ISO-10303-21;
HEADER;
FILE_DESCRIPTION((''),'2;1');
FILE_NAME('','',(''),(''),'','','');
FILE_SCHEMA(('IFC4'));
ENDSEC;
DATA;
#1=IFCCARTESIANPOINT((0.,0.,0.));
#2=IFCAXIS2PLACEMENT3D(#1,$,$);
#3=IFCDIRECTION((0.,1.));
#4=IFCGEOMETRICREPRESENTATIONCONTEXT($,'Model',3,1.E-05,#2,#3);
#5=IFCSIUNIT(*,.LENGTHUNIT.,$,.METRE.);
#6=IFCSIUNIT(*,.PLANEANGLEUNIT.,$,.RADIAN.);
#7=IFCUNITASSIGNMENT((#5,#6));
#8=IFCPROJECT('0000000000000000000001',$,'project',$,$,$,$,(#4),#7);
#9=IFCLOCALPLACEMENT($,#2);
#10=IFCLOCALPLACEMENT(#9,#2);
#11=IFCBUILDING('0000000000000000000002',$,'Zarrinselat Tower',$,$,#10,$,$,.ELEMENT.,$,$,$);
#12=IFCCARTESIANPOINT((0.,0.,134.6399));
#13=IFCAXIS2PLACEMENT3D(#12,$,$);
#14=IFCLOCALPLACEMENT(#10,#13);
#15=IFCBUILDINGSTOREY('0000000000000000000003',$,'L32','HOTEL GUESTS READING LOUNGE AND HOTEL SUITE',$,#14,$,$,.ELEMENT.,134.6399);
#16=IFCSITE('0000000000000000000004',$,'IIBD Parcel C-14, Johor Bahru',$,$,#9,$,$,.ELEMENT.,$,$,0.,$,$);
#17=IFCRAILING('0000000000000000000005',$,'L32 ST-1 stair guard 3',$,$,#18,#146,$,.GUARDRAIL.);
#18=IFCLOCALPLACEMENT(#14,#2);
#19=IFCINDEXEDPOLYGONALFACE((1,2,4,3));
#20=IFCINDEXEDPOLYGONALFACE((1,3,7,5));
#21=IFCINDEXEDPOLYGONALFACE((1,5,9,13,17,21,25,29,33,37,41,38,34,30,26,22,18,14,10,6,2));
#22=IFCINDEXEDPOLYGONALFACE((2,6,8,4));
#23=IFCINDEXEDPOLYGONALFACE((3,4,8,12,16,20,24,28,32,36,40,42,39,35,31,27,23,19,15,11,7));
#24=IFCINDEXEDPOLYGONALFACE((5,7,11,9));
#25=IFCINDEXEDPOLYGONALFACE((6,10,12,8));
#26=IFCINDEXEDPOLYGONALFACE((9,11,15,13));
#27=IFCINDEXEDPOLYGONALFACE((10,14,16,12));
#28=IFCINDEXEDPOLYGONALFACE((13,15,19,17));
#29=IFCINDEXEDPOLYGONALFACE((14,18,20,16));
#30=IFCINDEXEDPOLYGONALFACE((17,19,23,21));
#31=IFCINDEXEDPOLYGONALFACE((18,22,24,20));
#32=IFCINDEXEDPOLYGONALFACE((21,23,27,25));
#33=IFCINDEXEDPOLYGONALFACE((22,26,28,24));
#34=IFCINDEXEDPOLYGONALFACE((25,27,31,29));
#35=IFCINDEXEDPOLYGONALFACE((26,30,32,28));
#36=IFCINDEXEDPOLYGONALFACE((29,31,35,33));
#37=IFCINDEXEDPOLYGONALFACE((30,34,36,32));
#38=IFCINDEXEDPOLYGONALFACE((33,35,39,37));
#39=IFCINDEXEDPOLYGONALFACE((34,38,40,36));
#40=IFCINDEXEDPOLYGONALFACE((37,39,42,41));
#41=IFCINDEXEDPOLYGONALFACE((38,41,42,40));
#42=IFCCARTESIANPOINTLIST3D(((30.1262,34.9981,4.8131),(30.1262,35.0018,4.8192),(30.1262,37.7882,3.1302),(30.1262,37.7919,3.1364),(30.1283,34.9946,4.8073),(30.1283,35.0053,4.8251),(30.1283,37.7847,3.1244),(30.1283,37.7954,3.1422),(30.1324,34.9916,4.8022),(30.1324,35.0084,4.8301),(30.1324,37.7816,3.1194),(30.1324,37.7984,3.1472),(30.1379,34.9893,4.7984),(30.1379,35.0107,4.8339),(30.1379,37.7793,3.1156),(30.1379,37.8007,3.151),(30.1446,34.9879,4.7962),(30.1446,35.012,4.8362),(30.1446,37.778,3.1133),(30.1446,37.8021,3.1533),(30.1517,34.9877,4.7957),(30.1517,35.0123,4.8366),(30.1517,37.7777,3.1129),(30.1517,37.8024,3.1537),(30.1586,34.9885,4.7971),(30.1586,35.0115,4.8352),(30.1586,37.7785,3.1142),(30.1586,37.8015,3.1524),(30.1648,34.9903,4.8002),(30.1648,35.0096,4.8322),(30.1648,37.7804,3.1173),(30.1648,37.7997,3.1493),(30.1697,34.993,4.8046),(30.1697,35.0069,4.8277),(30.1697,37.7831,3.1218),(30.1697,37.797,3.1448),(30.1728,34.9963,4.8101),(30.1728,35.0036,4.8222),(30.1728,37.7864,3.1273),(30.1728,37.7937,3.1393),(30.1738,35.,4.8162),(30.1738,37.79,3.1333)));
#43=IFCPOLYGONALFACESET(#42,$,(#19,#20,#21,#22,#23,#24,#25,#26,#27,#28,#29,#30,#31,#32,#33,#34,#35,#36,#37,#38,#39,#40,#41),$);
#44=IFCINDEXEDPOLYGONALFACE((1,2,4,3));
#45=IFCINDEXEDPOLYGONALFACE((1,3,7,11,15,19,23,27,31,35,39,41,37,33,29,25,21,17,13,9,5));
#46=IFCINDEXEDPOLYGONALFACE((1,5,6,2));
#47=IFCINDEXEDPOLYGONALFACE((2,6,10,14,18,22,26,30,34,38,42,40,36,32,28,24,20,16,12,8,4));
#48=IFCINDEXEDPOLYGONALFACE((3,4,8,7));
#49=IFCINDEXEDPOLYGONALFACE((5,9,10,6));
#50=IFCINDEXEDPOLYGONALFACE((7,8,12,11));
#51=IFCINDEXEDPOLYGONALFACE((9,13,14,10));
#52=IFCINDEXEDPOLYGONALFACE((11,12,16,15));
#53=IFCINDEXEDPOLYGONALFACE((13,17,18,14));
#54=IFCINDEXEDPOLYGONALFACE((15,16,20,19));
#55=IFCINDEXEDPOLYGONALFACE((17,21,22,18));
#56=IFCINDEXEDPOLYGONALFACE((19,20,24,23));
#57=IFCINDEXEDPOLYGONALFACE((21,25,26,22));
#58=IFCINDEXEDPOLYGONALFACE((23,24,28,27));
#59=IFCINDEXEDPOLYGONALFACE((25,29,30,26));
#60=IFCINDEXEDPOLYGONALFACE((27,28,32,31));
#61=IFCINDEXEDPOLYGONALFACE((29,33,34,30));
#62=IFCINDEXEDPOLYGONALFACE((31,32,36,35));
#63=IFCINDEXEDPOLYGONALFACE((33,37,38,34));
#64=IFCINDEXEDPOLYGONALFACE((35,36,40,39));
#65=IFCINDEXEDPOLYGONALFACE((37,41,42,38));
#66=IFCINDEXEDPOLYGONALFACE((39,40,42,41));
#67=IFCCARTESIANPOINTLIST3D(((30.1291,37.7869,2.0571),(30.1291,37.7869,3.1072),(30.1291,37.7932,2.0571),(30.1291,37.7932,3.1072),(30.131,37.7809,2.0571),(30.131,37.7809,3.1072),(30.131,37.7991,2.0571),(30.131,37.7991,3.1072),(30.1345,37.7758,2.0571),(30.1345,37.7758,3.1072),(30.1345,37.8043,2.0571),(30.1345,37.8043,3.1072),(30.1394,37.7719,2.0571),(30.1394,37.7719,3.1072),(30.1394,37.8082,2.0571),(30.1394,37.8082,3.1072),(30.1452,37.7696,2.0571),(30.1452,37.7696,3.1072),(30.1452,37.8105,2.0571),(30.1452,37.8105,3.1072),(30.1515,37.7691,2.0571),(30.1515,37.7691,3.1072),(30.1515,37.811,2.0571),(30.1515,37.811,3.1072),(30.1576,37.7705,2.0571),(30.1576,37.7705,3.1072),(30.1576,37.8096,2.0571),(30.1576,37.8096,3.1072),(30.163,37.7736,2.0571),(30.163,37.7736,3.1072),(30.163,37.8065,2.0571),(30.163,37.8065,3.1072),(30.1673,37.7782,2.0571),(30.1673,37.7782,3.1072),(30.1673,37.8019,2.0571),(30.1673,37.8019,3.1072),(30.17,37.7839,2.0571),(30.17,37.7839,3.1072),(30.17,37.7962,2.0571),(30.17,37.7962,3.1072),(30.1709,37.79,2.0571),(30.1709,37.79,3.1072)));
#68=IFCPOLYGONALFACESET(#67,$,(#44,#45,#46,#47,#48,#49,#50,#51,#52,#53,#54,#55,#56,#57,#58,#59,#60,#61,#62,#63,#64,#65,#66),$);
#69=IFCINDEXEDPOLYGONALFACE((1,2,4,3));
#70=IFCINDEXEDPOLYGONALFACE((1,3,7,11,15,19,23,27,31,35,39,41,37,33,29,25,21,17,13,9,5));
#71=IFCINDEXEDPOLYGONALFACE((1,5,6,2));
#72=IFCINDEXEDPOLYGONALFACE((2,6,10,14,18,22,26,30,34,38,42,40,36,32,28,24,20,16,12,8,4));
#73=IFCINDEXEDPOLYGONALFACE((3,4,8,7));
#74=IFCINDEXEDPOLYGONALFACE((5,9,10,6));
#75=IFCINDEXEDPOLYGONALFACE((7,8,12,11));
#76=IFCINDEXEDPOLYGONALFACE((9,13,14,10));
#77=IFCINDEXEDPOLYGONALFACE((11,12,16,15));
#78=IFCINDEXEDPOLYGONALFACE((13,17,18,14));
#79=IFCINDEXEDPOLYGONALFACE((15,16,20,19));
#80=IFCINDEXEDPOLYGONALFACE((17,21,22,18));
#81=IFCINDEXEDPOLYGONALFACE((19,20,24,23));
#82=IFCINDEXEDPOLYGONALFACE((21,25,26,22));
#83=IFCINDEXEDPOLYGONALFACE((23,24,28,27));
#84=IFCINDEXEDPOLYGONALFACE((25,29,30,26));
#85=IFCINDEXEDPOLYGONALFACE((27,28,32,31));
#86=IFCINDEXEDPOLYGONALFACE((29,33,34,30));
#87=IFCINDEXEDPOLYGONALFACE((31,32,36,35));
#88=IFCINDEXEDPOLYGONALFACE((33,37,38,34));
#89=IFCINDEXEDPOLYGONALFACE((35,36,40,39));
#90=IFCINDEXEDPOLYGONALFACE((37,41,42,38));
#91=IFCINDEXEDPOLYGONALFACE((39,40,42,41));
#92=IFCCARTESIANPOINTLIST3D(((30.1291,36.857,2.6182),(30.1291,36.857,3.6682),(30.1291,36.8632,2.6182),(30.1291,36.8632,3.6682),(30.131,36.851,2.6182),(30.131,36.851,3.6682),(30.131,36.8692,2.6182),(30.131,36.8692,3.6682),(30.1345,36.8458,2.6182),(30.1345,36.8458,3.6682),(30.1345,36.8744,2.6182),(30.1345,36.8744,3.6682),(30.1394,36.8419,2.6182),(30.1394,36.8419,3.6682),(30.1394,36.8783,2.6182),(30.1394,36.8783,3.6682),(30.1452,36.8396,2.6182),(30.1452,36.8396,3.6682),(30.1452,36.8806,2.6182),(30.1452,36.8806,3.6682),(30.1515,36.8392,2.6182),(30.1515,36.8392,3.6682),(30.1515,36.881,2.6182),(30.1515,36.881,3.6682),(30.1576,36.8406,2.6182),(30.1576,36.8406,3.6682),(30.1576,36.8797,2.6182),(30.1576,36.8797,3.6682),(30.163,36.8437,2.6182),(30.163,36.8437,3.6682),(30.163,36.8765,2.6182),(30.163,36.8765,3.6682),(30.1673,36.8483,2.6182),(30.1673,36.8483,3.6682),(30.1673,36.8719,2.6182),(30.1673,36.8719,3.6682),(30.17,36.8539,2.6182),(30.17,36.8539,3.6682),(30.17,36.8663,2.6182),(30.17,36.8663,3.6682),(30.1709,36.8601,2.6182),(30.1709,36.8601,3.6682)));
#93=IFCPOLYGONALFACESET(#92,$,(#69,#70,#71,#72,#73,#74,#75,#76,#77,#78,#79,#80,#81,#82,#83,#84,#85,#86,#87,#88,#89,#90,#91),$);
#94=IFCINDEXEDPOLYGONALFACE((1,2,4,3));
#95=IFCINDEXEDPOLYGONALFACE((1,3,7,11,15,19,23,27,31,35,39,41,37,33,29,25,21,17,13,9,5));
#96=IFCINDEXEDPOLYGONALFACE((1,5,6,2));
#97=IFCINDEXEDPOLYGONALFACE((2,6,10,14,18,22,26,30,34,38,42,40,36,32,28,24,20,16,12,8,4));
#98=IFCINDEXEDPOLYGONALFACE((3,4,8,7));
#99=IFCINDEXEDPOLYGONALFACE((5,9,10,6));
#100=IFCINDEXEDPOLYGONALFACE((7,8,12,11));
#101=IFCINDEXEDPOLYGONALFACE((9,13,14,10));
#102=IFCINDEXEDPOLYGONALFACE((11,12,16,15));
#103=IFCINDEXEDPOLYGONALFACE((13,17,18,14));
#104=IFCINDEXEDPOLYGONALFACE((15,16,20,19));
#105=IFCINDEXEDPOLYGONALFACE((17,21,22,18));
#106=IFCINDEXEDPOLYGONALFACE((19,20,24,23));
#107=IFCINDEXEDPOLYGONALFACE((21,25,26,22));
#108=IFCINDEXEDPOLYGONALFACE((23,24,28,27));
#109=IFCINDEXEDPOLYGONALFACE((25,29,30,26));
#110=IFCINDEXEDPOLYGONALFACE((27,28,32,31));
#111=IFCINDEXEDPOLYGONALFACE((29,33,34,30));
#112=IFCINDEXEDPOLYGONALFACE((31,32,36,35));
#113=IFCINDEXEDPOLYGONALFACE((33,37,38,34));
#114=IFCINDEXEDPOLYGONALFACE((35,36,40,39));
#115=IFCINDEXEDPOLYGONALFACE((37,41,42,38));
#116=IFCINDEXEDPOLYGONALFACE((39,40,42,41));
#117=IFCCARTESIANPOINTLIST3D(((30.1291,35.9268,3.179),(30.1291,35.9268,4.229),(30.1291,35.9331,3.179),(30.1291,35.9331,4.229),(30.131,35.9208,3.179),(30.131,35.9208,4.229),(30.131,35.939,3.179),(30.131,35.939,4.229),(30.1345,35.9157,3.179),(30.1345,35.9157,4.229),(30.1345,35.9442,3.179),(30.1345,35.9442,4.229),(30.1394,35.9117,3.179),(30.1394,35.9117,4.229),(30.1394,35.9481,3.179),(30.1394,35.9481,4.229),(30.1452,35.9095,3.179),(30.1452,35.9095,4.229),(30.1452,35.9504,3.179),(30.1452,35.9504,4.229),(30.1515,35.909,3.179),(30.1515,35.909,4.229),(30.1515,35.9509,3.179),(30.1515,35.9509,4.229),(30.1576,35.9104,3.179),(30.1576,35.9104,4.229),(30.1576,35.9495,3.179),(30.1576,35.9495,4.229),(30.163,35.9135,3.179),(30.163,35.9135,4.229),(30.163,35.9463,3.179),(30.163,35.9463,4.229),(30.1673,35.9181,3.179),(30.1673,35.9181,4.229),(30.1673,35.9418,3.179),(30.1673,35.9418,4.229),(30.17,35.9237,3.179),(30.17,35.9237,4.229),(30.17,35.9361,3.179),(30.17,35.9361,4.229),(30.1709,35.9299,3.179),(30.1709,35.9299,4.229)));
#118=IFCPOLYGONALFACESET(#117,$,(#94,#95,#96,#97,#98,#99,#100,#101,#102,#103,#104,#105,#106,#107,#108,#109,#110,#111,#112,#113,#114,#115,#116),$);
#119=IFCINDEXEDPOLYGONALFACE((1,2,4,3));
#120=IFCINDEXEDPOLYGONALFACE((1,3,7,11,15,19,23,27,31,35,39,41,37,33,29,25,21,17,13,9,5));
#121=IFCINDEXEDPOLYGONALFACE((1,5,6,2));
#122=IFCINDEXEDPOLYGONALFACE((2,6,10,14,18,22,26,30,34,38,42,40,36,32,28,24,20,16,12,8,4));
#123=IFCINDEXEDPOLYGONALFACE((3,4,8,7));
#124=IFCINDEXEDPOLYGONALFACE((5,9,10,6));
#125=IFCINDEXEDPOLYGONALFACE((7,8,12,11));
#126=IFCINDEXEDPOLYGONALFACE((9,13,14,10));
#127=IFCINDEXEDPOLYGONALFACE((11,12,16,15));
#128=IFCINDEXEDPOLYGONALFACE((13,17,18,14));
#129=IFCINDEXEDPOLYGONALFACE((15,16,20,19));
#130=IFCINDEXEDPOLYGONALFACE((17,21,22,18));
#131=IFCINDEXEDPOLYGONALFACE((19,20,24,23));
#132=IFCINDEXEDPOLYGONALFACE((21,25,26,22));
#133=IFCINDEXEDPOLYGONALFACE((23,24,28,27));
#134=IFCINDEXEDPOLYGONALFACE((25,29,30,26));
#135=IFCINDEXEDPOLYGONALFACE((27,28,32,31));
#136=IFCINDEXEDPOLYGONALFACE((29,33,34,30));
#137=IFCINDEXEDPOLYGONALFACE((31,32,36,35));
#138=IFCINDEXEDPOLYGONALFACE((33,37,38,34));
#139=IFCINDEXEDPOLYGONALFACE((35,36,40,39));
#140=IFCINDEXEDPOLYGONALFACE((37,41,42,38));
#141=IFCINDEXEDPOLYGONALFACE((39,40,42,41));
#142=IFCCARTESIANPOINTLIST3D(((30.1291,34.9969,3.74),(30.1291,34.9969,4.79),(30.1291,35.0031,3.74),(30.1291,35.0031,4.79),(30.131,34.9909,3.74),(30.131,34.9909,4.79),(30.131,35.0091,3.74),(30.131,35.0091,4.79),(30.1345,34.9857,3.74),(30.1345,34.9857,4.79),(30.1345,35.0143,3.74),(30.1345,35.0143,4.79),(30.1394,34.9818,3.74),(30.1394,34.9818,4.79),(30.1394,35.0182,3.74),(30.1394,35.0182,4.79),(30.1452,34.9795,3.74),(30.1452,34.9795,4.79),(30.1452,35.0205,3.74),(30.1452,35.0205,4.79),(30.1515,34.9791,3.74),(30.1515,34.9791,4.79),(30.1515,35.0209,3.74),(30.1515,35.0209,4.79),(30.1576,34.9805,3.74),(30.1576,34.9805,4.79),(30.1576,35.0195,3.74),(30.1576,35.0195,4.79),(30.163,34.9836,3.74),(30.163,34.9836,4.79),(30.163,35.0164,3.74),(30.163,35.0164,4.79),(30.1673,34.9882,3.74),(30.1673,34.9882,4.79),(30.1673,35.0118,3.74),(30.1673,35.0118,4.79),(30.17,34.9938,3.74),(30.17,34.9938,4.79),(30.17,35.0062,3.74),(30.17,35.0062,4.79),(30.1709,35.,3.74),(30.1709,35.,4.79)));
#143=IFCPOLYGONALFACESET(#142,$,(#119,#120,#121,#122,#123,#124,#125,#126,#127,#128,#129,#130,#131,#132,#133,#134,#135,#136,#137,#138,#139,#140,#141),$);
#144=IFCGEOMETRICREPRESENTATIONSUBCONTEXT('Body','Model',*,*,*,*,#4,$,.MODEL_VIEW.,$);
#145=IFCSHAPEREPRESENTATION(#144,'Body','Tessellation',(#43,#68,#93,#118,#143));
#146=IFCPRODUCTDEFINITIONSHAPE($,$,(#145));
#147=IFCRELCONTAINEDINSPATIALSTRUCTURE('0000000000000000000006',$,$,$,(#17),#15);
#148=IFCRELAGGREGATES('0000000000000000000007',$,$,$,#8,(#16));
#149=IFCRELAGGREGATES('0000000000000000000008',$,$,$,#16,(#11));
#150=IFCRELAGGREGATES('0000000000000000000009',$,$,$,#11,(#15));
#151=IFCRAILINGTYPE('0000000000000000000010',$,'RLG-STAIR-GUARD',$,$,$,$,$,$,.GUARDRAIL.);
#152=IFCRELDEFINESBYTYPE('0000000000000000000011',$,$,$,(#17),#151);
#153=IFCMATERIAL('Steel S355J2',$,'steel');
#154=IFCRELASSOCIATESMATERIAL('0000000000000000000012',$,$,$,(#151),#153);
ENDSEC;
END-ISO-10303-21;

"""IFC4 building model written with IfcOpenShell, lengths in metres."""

from ifc_helpers import new_model, si_unit, direction, frame, origin, origin_2d, place, context, subcontext, project, spatial, circle, extrude, material, type_object, element, save


model = new_model("IFC4")

# Units and contexts
model_context = context("Model", 3, precision=1e-05, world=origin(), true_north=direction((0.0, 1.0)))
body_context = subcontext(model_context, "Body", "Model", "MODEL_VIEW")
ifc_project = project(units=[si_unit("LENGTHUNIT", "METRE"), si_unit("PLANEANGLEUNIT", "RADIAN")], contexts=[model_context])

# Site, building, storey
site_placement = place(None, origin())
site = spatial("IfcSite", under=ifc_project, at=site_placement, Name="IIBD Parcel C-14, Johor Bahru", CompositionType="ELEMENT", RefElevation=0.0)
building_placement = place(site_placement, origin())
building = spatial("IfcBuilding", under=site, at=building_placement, Name="Zarrinselat Tower", CompositionType="ELEMENT")
storey_placement = place(building_placement, frame((0.0, 0.0, 134.6399)))
storey = spatial("IfcBuildingStorey", under=building, at=storey_placement, Name="L32", Description="HOTEL GUESTS READING LOUNGE AND HOTEL SUITE", CompositionType="ELEMENT", Elevation=134.6399)

# Railing
ifc_material_1 = material(Name="Steel S355J2", Category="steel")
railing_type_1 = type_object("IfcRailingType", Name="RLG-STAIR-GUARD", PredefinedType="GUARDRAIL", material=ifc_material_1)
railing_1_placement = place(storey_placement, frame((30.1499, 37.79, 2.0571)))
element("IfcRailing", 1, at=railing_1_placement, inside=storey, type_object=railing_type_1, Name="L32 ST-1 stair guard 3", PredefinedType="GUARDRAIL", context=body_context, shape_type="SweptSolid", body=[
    extrude(circle(Radius=0.0239, at=origin_2d()), frame((0.0, 0.0, 1.0762), z_axis=(0.0, -0.856294, 0.516489), x_axis=(1.0, 0.0, 0.0)), (0.0, 0.0, 1.0), 3.2583),
    extrude(circle(Radius=0.021, at=origin_2d()), origin(), (0.0, 0.0, 1.0), 1.05),
    extrude(circle(Radius=0.021, at=origin_2d()), frame((0.0, -0.9299, 0.561)), (0.0, 0.0, 1.0), 1.05),
    extrude(circle(Radius=0.021, at=origin_2d()), frame((0.0, -1.8601, 1.1218)), (0.0, 0.0, 1.0), 1.05),
    extrude(circle(Radius=0.021, at=origin_2d()), frame((0.0, -2.79, 1.6829)), (0.0, 0.0, 1.0), 1.05),
])

save(model, "model.ifc")
